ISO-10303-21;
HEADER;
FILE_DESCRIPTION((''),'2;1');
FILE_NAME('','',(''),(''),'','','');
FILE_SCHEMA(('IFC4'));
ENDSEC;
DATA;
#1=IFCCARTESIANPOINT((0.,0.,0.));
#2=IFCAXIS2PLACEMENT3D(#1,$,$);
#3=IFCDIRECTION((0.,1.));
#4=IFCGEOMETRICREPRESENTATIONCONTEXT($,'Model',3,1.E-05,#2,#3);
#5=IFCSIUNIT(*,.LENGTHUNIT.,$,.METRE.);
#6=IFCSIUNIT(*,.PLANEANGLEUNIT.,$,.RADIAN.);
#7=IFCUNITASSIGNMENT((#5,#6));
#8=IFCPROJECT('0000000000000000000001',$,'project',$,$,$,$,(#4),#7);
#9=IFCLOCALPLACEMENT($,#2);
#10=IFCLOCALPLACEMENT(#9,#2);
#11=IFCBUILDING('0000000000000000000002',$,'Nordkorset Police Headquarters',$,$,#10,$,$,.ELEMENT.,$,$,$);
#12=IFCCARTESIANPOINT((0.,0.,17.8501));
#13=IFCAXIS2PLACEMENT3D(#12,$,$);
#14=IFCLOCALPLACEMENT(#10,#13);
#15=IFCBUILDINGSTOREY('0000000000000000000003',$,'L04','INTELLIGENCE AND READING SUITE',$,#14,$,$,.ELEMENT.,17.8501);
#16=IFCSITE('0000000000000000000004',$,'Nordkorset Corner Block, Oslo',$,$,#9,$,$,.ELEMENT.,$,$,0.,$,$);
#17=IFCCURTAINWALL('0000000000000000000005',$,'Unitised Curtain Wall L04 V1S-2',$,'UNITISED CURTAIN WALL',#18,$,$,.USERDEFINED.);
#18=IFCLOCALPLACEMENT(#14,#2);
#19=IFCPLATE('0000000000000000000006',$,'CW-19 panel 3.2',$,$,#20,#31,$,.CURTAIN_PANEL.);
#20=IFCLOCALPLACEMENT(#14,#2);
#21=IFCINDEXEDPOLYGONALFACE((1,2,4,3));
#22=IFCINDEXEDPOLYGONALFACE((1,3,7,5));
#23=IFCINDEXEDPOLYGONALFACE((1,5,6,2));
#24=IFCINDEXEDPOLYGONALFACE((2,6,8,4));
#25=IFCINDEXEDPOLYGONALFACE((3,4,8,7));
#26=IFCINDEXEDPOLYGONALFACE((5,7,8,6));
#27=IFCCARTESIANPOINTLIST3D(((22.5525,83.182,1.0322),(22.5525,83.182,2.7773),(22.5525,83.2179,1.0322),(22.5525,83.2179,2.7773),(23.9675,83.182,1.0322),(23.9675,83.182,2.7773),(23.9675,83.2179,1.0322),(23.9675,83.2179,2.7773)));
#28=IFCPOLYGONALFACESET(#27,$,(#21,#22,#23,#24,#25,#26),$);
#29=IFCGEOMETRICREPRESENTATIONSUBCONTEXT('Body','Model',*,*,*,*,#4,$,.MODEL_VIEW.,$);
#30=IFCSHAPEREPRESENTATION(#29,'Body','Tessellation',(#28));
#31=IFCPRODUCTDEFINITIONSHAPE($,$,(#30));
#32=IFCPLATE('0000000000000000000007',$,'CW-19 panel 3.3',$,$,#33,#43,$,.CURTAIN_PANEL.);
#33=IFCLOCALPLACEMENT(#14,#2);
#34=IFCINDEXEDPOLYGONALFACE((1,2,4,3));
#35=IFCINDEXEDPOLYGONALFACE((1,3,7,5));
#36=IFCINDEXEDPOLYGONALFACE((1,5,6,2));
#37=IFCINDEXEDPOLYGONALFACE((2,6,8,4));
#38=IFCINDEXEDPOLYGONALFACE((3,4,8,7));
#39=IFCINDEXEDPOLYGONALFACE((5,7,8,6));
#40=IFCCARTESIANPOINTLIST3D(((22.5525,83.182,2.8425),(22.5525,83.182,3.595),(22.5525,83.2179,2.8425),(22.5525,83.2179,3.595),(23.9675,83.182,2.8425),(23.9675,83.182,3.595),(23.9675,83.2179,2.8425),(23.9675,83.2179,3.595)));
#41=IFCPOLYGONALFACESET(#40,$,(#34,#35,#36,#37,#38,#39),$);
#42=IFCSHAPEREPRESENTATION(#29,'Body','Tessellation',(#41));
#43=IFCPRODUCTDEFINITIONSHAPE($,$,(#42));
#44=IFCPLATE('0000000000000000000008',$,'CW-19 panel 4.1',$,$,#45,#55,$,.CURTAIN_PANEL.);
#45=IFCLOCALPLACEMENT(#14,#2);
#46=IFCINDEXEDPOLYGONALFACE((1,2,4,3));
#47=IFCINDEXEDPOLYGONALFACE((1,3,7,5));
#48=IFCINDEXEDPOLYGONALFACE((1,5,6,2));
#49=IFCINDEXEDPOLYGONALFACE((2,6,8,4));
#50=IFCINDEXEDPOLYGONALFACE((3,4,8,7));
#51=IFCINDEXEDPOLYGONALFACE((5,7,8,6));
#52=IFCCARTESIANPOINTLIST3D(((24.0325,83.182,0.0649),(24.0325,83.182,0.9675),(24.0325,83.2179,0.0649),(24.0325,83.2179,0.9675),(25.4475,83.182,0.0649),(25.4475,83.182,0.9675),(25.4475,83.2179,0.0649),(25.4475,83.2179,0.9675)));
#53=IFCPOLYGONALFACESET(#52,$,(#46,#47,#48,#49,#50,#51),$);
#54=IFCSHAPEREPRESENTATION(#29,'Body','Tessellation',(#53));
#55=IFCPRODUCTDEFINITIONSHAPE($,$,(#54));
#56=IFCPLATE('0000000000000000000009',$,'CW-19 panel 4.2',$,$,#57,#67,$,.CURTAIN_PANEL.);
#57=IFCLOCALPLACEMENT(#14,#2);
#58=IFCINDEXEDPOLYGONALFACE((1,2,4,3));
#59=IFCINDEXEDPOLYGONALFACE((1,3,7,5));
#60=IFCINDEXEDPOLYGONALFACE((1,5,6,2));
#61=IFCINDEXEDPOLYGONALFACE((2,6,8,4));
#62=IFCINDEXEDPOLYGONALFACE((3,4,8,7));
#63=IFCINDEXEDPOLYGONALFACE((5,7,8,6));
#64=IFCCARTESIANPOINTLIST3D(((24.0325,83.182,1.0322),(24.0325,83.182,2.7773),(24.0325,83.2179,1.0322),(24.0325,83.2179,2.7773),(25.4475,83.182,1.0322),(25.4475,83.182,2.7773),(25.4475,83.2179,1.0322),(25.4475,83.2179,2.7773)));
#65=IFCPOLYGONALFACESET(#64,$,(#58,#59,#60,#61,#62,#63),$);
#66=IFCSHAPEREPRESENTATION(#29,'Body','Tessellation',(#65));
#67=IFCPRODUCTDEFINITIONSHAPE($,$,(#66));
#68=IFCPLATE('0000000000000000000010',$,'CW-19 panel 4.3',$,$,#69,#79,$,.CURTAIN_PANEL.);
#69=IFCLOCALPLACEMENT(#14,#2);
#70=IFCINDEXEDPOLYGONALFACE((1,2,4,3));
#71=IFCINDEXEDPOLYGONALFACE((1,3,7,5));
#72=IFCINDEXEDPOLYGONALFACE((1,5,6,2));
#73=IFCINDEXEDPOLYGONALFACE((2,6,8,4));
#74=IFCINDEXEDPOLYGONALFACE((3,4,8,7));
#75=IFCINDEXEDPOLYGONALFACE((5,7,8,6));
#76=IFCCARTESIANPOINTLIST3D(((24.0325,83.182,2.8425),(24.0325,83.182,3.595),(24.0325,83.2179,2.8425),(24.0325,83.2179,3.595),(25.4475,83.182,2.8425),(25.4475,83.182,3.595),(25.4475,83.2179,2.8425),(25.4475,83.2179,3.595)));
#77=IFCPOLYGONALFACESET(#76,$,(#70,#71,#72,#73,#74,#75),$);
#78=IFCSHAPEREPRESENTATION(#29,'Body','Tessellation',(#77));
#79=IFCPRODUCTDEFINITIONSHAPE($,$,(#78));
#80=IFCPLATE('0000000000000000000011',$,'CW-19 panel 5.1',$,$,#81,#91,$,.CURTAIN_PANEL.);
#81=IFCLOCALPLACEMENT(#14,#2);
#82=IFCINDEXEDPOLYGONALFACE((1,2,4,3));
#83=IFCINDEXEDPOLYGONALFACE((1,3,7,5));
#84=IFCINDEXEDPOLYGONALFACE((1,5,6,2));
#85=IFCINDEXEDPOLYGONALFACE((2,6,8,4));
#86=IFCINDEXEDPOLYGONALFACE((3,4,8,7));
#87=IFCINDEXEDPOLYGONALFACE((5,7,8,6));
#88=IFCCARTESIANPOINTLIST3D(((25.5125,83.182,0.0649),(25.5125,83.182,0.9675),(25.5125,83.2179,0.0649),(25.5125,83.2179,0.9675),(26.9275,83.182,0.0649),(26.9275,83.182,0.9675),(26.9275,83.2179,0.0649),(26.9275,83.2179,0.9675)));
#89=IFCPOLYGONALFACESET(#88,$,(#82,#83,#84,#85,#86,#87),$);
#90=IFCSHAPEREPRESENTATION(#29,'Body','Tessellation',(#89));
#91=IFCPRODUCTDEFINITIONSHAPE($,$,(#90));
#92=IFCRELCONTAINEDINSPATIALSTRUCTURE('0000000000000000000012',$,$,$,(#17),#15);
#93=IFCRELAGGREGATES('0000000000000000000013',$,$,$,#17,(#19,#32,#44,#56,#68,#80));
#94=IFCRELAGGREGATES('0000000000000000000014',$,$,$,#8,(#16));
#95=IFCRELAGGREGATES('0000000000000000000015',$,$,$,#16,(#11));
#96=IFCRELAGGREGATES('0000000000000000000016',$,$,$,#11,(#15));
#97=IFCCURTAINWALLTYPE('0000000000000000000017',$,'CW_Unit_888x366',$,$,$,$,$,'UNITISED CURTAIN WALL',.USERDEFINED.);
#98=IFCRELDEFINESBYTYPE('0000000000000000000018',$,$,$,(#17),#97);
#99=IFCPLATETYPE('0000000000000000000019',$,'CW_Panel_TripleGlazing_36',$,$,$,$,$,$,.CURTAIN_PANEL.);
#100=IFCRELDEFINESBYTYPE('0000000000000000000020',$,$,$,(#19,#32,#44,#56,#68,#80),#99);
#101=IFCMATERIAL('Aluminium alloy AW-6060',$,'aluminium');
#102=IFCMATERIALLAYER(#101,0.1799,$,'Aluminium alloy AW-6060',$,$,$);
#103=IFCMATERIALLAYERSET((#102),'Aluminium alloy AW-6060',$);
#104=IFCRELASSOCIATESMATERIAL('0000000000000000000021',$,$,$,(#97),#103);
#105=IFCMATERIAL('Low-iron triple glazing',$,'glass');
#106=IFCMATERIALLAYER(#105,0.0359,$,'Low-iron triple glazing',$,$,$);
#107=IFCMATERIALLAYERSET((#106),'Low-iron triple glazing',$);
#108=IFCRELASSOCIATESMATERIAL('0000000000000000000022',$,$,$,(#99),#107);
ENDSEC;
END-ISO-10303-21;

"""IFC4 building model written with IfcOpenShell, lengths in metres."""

from ifc_helpers import new_model, si_unit, direction, frame, origin, origin_2d, place, context, subcontext, project, spatial, rectangle, extrude, material, layer, layer_set, type_object, element, aggregate, save


model = new_model("IFC4")

# Units and contexts
model_context = context("Model", 3, precision=1e-05, world=origin(), true_north=direction((0.0, 1.0)))
body_context = subcontext(model_context, "Body", "Model", "MODEL_VIEW")
ifc_project = project(units=[si_unit("LENGTHUNIT", "METRE"), si_unit("PLANEANGLEUNIT", "RADIAN")], contexts=[model_context])

# Site, building, storey
site_placement = place(None, origin())
site = spatial("IfcSite", under=ifc_project, at=site_placement, Name="Nordkorset Corner Block, Oslo", CompositionType="ELEMENT", RefElevation=0.0)
building_placement = place(site_placement, origin())
building = spatial("IfcBuilding", under=site, at=building_placement, Name="Nordkorset Police Headquarters", CompositionType="ELEMENT")
storey_placement = place(building_placement, frame((0.0, 0.0, 17.8501)))
storey = spatial("IfcBuildingStorey", under=building, at=storey_placement, Name="L04", Description="INTELLIGENCE AND READING SUITE", CompositionType="ELEMENT", Elevation=17.8501)

# Curtain wall, plates
ifc_material_1 = material(Name="Aluminium alloy AW-6060", Category="aluminium")
ifc_layer_1 = layer(ifc_material_1, 0.1799, Name="Aluminium alloy AW-6060")
ifc_layer_set_1 = layer_set([ifc_layer_1], Name="Aluminium alloy AW-6060")
curtain_wall_type = type_object("IfcCurtainWallType", Name="CW_Unit_888x366", ElementType="UNITISED CURTAIN WALL", PredefinedType="USERDEFINED", material=ifc_layer_set_1)
curtain_wall_placement = place(storey_placement, origin())
curtain_wall = element("IfcCurtainWall", 1, at=curtain_wall_placement, inside=storey, type_object=curtain_wall_type, Name="Unitised Curtain Wall L04 V1S-2", ObjectType="UNITISED CURTAIN WALL", PredefinedType="USERDEFINED")
ifc_material_2 = material(Name="Low-iron triple glazing", Category="glass")
ifc_layer_2 = layer(ifc_material_2, 0.0359, Name="Low-iron triple glazing")
ifc_layer_set_2 = layer_set([ifc_layer_2], Name="Low-iron triple glazing")
plate_type = type_object("IfcPlateType", Name="CW_Panel_TripleGlazing_36", PredefinedType="CURTAIN_PANEL", material=ifc_layer_set_2)
plate_1_placement = place(storey_placement, frame((23.26, 83.2, 1.0322), z_axis=(0.0, 0.0, 1.0), x_axis=(1.0, 0.0, 0.0)))
plate_1 = element("IfcPlate", 2, at=plate_1_placement, type_object=plate_type, Name="CW-19 panel 3.2", PredefinedType="CURTAIN_PANEL", context=body_context, shape_type="SweptSolid", body=[
    extrude(rectangle(XDim=1.415, YDim=0.0359, at=origin_2d()), origin(), (0.0, 0.0, 1.0), 1.7451),
])
plate_2_placement = place(storey_placement, frame((23.26, 83.2, 2.8425), z_axis=(0.0, 0.0, 1.0), x_axis=(1.0, 0.0, 0.0)))
plate_2 = element("IfcPlate", 3, at=plate_2_placement, type_object=plate_type, Name="CW-19 panel 3.3", PredefinedType="CURTAIN_PANEL", context=body_context, shape_type="SweptSolid", body=[
    extrude(rectangle(XDim=1.415, YDim=0.0359, at=origin_2d()), origin(), (0.0, 0.0, 1.0), 0.7524),
])
plate_3_placement = place(storey_placement, frame((24.74, 83.2, 0.0649), z_axis=(0.0, 0.0, 1.0), x_axis=(1.0, 0.0, 0.0)))
plate_3 = element("IfcPlate", 4, at=plate_3_placement, type_object=plate_type, Name="CW-19 panel 4.1", PredefinedType="CURTAIN_PANEL", context=body_context, shape_type="SweptSolid", body=[
    extrude(rectangle(XDim=1.415, YDim=0.0359, at=origin_2d()), origin(), (0.0, 0.0, 1.0), 0.9026),
])
plate_4_placement = place(storey_placement, frame((24.74, 83.2, 1.0322), z_axis=(0.0, 0.0, 1.0), x_axis=(1.0, 0.0, 0.0)))
plate_4 = element("IfcPlate", 5, at=plate_4_placement, type_object=plate_type, Name="CW-19 panel 4.2", PredefinedType="CURTAIN_PANEL", context=body_context, shape_type="SweptSolid", body=[
    extrude(rectangle(XDim=1.415, YDim=0.0359, at=origin_2d()), origin(), (0.0, 0.0, 1.0), 1.7451),
])
plate_5_placement = place(storey_placement, frame((24.74, 83.2, 2.8425), z_axis=(0.0, 0.0, 1.0), x_axis=(1.0, 0.0, 0.0)))
plate_5 = element("IfcPlate", 6, at=plate_5_placement, type_object=plate_type, Name="CW-19 panel 4.3", PredefinedType="CURTAIN_PANEL", context=body_context, shape_type="SweptSolid", body=[
    extrude(rectangle(XDim=1.415, YDim=0.0359, at=origin_2d()), origin(), (0.0, 0.0, 1.0), 0.7524),
])
plate_6_placement = place(storey_placement, frame((26.22, 83.2, 0.0649), z_axis=(0.0, 0.0, 1.0), x_axis=(1.0, 0.0, 0.0)))
plate_6 = element("IfcPlate", 7, at=plate_6_placement, type_object=plate_type, Name="CW-19 panel 5.1", PredefinedType="CURTAIN_PANEL", context=body_context, shape_type="SweptSolid", body=[
    extrude(rectangle(XDim=1.415, YDim=0.0359, at=origin_2d()), origin(), (0.0, 0.0, 1.0), 0.9026),
])
aggregate(curtain_wall, [plate_1, plate_2, plate_3, plate_4, plate_5, plate_6])

save(model, "model.ifc")
